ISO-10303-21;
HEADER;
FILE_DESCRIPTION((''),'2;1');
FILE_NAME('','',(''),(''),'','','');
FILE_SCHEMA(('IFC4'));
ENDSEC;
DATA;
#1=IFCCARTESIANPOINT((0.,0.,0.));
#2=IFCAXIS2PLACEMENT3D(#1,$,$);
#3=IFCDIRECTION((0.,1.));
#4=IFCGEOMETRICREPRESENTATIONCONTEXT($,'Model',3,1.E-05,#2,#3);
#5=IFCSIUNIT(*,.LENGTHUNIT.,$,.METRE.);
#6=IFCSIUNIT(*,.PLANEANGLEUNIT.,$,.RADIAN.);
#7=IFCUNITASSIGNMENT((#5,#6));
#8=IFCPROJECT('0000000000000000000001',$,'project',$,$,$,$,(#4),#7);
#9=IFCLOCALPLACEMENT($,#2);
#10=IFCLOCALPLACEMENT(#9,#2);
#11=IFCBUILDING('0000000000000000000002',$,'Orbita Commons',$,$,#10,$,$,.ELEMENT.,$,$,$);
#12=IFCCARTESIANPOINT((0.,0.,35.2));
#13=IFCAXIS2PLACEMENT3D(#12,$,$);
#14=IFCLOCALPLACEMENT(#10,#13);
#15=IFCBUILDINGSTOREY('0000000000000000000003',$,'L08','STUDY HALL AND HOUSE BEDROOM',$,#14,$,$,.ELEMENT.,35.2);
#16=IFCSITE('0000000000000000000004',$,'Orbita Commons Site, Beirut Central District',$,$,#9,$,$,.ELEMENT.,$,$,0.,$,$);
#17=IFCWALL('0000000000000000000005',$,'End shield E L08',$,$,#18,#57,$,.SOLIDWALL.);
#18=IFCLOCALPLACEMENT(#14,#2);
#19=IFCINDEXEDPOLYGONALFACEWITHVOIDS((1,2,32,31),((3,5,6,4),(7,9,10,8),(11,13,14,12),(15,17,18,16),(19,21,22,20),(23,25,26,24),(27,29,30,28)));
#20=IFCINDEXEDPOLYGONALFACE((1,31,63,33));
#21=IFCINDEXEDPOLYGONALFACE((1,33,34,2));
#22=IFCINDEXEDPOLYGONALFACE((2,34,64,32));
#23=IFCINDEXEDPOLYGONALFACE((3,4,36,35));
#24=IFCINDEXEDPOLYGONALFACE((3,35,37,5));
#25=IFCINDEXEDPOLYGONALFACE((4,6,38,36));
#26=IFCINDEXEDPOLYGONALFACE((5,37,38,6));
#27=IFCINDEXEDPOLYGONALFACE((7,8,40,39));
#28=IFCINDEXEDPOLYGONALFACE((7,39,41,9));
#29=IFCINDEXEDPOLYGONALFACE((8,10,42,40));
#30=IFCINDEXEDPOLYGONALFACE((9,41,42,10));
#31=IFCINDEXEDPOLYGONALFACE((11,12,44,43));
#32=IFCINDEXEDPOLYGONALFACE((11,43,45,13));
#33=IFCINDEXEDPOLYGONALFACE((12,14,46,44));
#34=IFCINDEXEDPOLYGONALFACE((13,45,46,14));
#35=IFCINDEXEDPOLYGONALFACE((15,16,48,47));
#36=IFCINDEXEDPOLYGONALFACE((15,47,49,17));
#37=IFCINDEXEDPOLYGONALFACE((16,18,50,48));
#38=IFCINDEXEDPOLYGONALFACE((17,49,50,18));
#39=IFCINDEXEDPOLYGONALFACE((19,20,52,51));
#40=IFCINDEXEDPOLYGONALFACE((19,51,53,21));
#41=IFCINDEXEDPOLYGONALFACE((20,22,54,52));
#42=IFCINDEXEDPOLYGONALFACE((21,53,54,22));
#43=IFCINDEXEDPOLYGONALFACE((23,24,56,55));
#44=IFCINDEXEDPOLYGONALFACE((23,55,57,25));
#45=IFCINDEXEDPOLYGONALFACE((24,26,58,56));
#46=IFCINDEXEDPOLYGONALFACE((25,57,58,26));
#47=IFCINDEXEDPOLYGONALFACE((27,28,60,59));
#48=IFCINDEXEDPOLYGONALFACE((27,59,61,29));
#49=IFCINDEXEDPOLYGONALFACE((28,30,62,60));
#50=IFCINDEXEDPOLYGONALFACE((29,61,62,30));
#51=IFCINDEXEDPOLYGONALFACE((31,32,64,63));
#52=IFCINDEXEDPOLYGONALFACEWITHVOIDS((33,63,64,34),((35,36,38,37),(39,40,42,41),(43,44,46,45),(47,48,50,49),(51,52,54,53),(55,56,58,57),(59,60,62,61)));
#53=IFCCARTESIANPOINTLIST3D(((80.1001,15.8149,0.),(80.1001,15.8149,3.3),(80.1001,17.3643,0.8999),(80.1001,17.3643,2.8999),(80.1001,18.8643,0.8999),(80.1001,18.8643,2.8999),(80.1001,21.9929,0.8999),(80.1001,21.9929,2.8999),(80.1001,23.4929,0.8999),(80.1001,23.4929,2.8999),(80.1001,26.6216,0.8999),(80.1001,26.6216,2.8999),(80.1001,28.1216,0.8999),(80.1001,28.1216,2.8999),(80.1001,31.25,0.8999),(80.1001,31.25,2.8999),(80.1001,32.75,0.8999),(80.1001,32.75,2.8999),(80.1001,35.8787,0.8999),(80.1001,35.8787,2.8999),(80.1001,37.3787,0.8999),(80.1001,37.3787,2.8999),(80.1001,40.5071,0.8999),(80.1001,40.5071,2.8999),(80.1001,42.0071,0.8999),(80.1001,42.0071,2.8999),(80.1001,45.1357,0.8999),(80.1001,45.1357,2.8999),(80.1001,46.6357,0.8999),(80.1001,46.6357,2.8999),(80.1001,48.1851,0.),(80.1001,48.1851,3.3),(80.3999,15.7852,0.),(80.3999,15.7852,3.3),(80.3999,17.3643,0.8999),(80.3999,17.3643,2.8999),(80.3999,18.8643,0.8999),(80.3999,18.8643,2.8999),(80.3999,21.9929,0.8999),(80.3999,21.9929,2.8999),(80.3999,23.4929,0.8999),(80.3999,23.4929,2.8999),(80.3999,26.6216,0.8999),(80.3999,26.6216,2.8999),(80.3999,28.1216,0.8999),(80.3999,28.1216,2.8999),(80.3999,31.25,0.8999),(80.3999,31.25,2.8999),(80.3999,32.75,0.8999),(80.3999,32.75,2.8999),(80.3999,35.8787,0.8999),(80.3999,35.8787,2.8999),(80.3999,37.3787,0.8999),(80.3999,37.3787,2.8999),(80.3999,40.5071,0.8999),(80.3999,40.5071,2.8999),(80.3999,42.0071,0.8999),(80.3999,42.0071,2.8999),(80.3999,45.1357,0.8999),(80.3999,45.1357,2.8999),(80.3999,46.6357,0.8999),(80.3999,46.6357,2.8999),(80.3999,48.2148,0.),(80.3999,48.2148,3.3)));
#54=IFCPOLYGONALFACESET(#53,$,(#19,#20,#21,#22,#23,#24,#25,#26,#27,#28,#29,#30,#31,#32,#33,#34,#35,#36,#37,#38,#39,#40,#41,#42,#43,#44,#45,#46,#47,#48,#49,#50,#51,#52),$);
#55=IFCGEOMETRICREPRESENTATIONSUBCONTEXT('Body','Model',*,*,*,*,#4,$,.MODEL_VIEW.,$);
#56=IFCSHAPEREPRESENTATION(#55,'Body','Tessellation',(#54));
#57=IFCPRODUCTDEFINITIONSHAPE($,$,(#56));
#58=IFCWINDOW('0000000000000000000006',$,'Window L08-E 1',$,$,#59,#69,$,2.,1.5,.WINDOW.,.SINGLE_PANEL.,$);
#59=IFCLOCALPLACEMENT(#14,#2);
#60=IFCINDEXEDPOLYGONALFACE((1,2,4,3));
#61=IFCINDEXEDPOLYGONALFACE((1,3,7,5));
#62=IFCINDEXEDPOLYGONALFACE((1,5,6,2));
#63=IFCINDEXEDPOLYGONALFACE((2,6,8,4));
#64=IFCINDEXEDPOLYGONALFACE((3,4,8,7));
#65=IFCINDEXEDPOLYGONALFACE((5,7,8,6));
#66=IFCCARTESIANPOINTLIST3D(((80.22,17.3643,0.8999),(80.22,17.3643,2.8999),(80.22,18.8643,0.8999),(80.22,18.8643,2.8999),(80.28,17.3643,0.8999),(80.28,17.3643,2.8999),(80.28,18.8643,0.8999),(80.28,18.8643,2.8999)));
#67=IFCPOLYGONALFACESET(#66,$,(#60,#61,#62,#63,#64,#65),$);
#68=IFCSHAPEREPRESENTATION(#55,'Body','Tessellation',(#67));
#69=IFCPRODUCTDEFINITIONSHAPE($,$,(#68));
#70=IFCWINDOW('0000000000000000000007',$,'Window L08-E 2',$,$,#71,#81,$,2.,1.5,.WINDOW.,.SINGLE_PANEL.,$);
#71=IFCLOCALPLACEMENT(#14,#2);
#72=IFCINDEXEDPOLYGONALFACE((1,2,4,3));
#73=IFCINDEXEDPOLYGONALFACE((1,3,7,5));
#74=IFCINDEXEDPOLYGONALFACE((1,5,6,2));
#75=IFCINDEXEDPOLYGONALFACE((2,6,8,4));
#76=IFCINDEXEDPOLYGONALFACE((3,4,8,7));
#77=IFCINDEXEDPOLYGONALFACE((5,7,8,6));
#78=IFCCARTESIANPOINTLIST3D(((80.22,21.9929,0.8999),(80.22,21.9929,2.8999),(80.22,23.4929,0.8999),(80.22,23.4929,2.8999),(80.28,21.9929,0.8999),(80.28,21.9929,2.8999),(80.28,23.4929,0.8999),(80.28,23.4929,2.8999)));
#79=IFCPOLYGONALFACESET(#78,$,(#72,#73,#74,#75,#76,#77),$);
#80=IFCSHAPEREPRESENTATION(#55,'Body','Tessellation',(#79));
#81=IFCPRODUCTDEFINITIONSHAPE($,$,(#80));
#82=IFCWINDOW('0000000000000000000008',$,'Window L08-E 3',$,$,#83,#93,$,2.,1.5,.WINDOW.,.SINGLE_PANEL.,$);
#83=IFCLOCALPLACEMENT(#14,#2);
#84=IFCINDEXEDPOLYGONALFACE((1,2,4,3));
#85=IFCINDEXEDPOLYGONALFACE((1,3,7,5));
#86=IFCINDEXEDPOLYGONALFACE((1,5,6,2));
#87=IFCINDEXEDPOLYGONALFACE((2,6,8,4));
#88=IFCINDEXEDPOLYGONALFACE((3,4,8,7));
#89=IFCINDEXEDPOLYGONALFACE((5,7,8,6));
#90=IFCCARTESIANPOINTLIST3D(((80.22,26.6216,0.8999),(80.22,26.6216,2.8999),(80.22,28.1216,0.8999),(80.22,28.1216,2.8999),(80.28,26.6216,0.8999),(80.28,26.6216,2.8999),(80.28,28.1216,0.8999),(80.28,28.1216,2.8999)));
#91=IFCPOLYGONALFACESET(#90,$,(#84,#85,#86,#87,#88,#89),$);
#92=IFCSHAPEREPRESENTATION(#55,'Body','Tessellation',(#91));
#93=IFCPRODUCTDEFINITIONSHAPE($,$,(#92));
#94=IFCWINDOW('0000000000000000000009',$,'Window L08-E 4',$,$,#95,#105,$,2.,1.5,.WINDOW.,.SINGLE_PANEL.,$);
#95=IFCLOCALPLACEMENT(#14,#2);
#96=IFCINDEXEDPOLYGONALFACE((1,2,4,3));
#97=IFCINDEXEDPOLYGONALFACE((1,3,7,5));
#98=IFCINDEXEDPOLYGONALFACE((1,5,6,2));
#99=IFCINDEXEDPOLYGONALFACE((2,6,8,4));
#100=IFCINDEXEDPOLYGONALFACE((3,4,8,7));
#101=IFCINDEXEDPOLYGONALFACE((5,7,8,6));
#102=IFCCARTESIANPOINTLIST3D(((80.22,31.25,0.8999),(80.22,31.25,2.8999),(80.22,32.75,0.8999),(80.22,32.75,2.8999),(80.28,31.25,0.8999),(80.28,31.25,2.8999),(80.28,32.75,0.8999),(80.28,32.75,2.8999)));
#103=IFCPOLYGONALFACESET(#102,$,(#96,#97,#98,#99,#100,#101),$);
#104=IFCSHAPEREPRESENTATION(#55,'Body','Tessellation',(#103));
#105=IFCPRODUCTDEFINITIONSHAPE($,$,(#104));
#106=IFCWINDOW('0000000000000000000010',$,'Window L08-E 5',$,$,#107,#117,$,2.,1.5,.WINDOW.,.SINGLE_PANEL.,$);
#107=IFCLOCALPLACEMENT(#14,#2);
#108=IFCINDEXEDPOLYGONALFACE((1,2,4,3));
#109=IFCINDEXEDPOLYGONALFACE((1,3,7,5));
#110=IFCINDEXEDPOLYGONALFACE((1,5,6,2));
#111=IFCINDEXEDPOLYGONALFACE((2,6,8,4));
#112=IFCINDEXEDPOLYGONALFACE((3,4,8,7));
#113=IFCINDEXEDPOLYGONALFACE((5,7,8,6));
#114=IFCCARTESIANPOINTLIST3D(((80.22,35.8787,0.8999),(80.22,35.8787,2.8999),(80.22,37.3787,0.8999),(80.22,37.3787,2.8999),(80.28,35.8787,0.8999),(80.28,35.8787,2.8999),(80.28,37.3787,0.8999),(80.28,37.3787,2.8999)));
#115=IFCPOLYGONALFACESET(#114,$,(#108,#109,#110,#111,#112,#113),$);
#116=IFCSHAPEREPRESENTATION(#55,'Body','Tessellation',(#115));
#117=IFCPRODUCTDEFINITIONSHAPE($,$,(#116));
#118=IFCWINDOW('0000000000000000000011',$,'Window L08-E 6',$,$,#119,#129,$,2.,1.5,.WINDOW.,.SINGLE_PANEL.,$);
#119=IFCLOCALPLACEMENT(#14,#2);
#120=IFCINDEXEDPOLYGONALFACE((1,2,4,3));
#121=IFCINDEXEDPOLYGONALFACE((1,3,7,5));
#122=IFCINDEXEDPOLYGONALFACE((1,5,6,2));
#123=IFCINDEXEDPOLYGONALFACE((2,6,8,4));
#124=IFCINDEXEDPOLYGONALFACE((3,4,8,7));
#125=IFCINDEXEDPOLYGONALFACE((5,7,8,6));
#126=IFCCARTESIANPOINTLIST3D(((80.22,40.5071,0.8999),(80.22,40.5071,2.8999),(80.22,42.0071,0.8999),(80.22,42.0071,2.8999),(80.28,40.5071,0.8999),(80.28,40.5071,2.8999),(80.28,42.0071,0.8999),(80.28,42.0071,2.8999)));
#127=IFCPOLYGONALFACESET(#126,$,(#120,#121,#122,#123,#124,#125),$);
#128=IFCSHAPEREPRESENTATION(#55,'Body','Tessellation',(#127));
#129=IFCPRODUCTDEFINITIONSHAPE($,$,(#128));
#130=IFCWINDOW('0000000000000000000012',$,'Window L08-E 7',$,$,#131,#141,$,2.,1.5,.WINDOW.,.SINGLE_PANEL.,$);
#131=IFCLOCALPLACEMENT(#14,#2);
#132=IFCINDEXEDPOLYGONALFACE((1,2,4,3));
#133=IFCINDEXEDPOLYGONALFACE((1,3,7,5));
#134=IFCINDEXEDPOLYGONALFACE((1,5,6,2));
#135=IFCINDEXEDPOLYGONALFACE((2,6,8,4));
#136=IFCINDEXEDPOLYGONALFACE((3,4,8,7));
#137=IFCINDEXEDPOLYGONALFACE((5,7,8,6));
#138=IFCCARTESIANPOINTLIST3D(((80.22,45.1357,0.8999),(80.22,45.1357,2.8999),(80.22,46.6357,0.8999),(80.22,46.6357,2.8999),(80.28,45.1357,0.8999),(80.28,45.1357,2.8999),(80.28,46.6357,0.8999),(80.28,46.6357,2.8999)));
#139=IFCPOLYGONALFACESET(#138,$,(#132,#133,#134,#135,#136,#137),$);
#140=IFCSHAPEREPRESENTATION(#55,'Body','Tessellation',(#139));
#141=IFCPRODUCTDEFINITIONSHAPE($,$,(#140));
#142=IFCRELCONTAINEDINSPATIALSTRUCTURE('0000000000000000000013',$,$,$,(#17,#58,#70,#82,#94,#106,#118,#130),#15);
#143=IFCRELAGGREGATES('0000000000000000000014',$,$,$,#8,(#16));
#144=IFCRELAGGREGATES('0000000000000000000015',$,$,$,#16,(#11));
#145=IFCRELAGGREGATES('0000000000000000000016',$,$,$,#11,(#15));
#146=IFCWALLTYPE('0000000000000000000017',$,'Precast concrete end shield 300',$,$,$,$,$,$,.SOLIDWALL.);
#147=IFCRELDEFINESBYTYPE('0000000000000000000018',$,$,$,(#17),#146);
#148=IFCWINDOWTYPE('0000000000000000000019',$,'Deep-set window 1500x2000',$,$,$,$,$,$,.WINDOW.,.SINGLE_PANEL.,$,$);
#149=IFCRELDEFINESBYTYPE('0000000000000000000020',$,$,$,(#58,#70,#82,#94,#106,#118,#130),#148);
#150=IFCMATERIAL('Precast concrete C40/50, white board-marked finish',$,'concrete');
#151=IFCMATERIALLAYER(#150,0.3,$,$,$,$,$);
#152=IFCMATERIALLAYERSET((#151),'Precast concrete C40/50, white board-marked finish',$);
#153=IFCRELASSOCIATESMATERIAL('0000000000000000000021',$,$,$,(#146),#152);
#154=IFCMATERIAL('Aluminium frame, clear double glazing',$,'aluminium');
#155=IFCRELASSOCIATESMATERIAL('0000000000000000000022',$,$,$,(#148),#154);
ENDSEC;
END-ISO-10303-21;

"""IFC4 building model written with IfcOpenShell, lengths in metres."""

from ifc_helpers import new_model, si_unit, direction, frame, frame_2d, origin, place, context, subcontext, project, spatial, polyline, rectangle, outline, extrude, material, layer, layer_set, type_object, element, fill, save


model = new_model("IFC4")

# Units and contexts
model_context = context("Model", 3, precision=1e-05, world=origin(), true_north=direction((0.0, 1.0)))
body_context = subcontext(model_context, "Body", "Model", "MODEL_VIEW")
ifc_project = project(units=[si_unit("LENGTHUNIT", "METRE"), si_unit("PLANEANGLEUNIT", "RADIAN")], contexts=[model_context])

# Site, building, storey
site_placement = place(None, origin())
site = spatial("IfcSite", under=ifc_project, at=site_placement, Name="Orbita Commons Site, Beirut Central District", CompositionType="ELEMENT", RefElevation=0.0)
building_placement = place(site_placement, origin())
building = spatial("IfcBuilding", under=site, at=building_placement, Name="Orbita Commons", CompositionType="ELEMENT")
storey_placement = place(building_placement, frame((0.0, 0.0, 35.2)))
storey = spatial("IfcBuildingStorey", under=building, at=storey_placement, Name="L08", Description="STUDY HALL AND HOUSE BEDROOM", CompositionType="ELEMENT", Elevation=35.2)

# Wall, openings, windows
ifc_material_1 = material(Name="Precast concrete C40/50, white board-marked finish", Category="concrete")
ifc_layer_1 = layer(ifc_material_1, 0.3)
ifc_layer_set_1 = layer_set([ifc_layer_1], Name="Precast concrete C40/50, white board-marked finish")
wall_type_1 = type_object("IfcWallType", Name="Precast concrete end shield 300", PredefinedType="SOLIDWALL", material=ifc_layer_set_1)
wall_1_placement = place(storey_placement, frame((80.25, 15.8, 0.0), z_axis=(0.0, 0.0, 1.0), x_axis=(0.0, 1.0, 0.0)))
wall_1 = element("IfcWall", 1, at=wall_1_placement, inside=storey, type_object=wall_type_1, Name="End shield E L08", PredefinedType="SOLIDWALL", context=body_context, shape_type="SweptSolid", body=[
    extrude(outline(polyline([(-0.0149, -0.1499), (32.4148, -0.1499), (32.385, 0.1499), (0.0149, 0.1499), (-0.0149, -0.1499)])), origin(), (0.0, 0.0, 1.0), 3.3),
])
opening_1_placement = place(wall_1_placement, frame((1.5642, 0.0, 0.8999)))
opening_1 = element("IfcOpeningElement", 2, at=opening_1_placement, cuts=wall_1, PredefinedType="OPENING", context=body_context, shape_type="SweptSolid", body=[
    extrude(rectangle(XDim=1.5, YDim=2.0, at=frame_2d((0.75, 1.0))), frame((0.0, 0.1599, 0.0), z_axis=(0.0, -1.0, 0.0), x_axis=(1.0, 0.0, 0.0)), (0.0, 0.0, 1.0), 0.3201),
])
opening_2_placement = place(wall_1_placement, frame((6.1929, 0.0, 0.8999)))
opening_2 = element("IfcOpeningElement", 3, at=opening_2_placement, cuts=wall_1, PredefinedType="OPENING", context=body_context, shape_type="SweptSolid", body=[
    extrude(rectangle(XDim=1.5, YDim=2.0, at=frame_2d((0.75, 1.0))), frame((0.0, 0.1599, 0.0), z_axis=(0.0, -1.0, 0.0), x_axis=(1.0, 0.0, 0.0)), (0.0, 0.0, 1.0), 0.3201),
])
opening_3_placement = place(wall_1_placement, frame((10.8215, 0.0, 0.8999)))
opening_3 = element("IfcOpeningElement", 4, at=opening_3_placement, cuts=wall_1, PredefinedType="OPENING", context=body_context, shape_type="SweptSolid", body=[
    extrude(rectangle(XDim=1.5, YDim=2.0, at=frame_2d((0.75, 1.0))), frame((0.0, 0.1599, 0.0), z_axis=(0.0, -1.0, 0.0), x_axis=(1.0, 0.0, 0.0)), (0.0, 0.0, 1.0), 0.3201),
])
opening_4_placement = place(wall_1_placement, frame((15.45, 0.0, 0.8999)))
opening_4 = element("IfcOpeningElement", 5, at=opening_4_placement, cuts=wall_1, PredefinedType="OPENING", context=body_context, shape_type="SweptSolid", body=[
    extrude(rectangle(XDim=1.5, YDim=2.0, at=frame_2d((0.75, 1.0))), frame((0.0, 0.1599, 0.0), z_axis=(0.0, -1.0, 0.0), x_axis=(1.0, 0.0, 0.0)), (0.0, 0.0, 1.0), 0.3201),
])
opening_5_placement = place(wall_1_placement, frame((20.0786, 0.0, 0.8999)))
opening_5 = element("IfcOpeningElement", 6, at=opening_5_placement, cuts=wall_1, PredefinedType="OPENING", context=body_context, shape_type="SweptSolid", body=[
    extrude(rectangle(XDim=1.5, YDim=2.0, at=frame_2d((0.75, 1.0))), frame((0.0, 0.1599, 0.0), z_axis=(0.0, -1.0, 0.0), x_axis=(1.0, 0.0, 0.0)), (0.0, 0.0, 1.0), 0.3201),
])
opening_6_placement = place(wall_1_placement, frame((24.707, 0.0, 0.8999)))
opening_6 = element("IfcOpeningElement", 7, at=opening_6_placement, cuts=wall_1, PredefinedType="OPENING", context=body_context, shape_type="SweptSolid", body=[
    extrude(rectangle(XDim=1.5, YDim=2.0, at=frame_2d((0.75, 1.0))), frame((0.0, 0.1599, 0.0), z_axis=(0.0, -1.0, 0.0), x_axis=(1.0, 0.0, 0.0)), (0.0, 0.0, 1.0), 0.3201),
])
opening_7_placement = place(wall_1_placement, frame((29.3357, 0.0, 0.8999)))
opening_7 = element("IfcOpeningElement", 8, at=opening_7_placement, cuts=wall_1, PredefinedType="OPENING", context=body_context, shape_type="SweptSolid", body=[
    extrude(rectangle(XDim=1.5, YDim=2.0, at=frame_2d((0.75, 1.0))), frame((0.0, 0.1599, 0.0), z_axis=(0.0, -1.0, 0.0), x_axis=(1.0, 0.0, 0.0)), (0.0, 0.0, 1.0), 0.3201),
])
ifc_material_2 = material(Name="Aluminium frame, clear double glazing", Category="aluminium")
window_type = type_object("IfcWindowType", Name="Deep-set window 1500x2000", PartitioningType="SINGLE_PANEL", PredefinedType="WINDOW", material=ifc_material_2)
window_1_placement = place(opening_1_placement, origin())
window_1 = element("IfcWindow", 9, at=window_1_placement, inside=storey, type_object=window_type, Name="Window L08-E 1", OverallHeight=2.0, OverallWidth=1.5, PartitioningType="SINGLE_PANEL", PredefinedType="WINDOW", context=body_context, shape_type="SweptSolid", body=[
    extrude(rectangle(XDim=1.5, YDim=2.0, at=frame_2d((0.75, 1.0))), frame((0.0, 0.03, 0.0), z_axis=(0.0, -1.0, 0.0), x_axis=(1.0, 0.0, 0.0)), (0.0, 0.0, 1.0), 0.0601),
])
fill(opening_1, window_1)
window_2_placement = place(opening_2_placement, origin())
window_2 = element("IfcWindow", 10, at=window_2_placement, inside=storey, type_object=window_type, Name="Window L08-E 2", OverallHeight=2.0, OverallWidth=1.5, PartitioningType="SINGLE_PANEL", PredefinedType="WINDOW", context=body_context, shape_type="SweptSolid", body=[
    extrude(rectangle(XDim=1.5, YDim=2.0, at=frame_2d((0.75, 1.0))), frame((0.0, 0.03, 0.0), z_axis=(0.0, -1.0, 0.0), x_axis=(1.0, 0.0, 0.0)), (0.0, 0.0, 1.0), 0.0601),
])
fill(opening_2, window_2)
window_3_placement = place(opening_3_placement, origin())
window_3 = element("IfcWindow", 11, at=window_3_placement, inside=storey, type_object=window_type, Name="Window L08-E 3", OverallHeight=2.0, OverallWidth=1.5, PartitioningType="SINGLE_PANEL", PredefinedType="WINDOW", context=body_context, shape_type="SweptSolid", body=[
    extrude(rectangle(XDim=1.5, YDim=2.0, at=frame_2d((0.75, 1.0))), frame((0.0, 0.03, 0.0), z_axis=(0.0, -1.0, 0.0), x_axis=(1.0, 0.0, 0.0)), (0.0, 0.0, 1.0), 0.0601),
])
fill(opening_3, window_3)
window_4_placement = place(opening_4_placement, origin())
window_4 = element("IfcWindow", 12, at=window_4_placement, inside=storey, type_object=window_type, Name="Window L08-E 4", OverallHeight=2.0, OverallWidth=1.5, PartitioningType="SINGLE_PANEL", PredefinedType="WINDOW", context=body_context, shape_type="SweptSolid", body=[
    extrude(rectangle(XDim=1.5, YDim=2.0, at=frame_2d((0.75, 1.0))), frame((0.0, 0.03, 0.0), z_axis=(0.0, -1.0, 0.0), x_axis=(1.0, 0.0, 0.0)), (0.0, 0.0, 1.0), 0.0601),
])
fill(opening_4, window_4)
window_5_placement = place(opening_5_placement, origin())
window_5 = element("IfcWindow", 13, at=window_5_placement, inside=storey, type_object=window_type, Name="Window L08-E 5", OverallHeight=2.0, OverallWidth=1.5, PartitioningType="SINGLE_PANEL", PredefinedType="WINDOW", context=body_context, shape_type="SweptSolid", body=[
    extrude(rectangle(XDim=1.5, YDim=2.0, at=frame_2d((0.75, 1.0))), frame((0.0, 0.03, 0.0), z_axis=(0.0, -1.0, 0.0), x_axis=(1.0, 0.0, 0.0)), (0.0, 0.0, 1.0), 0.0601),
])
fill(opening_5, window_5)
window_6_placement = place(opening_6_placement, origin())
window_6 = element("IfcWindow", 14, at=window_6_placement, inside=storey, type_object=window_type, Name="Window L08-E 6", OverallHeight=2.0, OverallWidth=1.5, PartitioningType="SINGLE_PANEL", PredefinedType="WINDOW", context=body_context, shape_type="SweptSolid", body=[
    extrude(rectangle(XDim=1.5, YDim=2.0, at=frame_2d((0.75, 1.0))), frame((0.0, 0.03, 0.0), z_axis=(0.0, -1.0, 0.0), x_axis=(1.0, 0.0, 0.0)), (0.0, 0.0, 1.0), 0.0601),
])
fill(opening_6, window_6)
window_7_placement = place(opening_7_placement, origin())
window_7 = element("IfcWindow", 15, at=window_7_placement, inside=storey, type_object=window_type, Name="Window L08-E 7", OverallHeight=2.0, OverallWidth=1.5, PartitioningType="SINGLE_PANEL", PredefinedType="WINDOW", context=body_context, shape_type="SweptSolid", body=[
    extrude(rectangle(XDim=1.5, YDim=2.0, at=frame_2d((0.75, 1.0))), frame((0.0, 0.03, 0.0), z_axis=(0.0, -1.0, 0.0), x_axis=(1.0, 0.0, 0.0)), (0.0, 0.0, 1.0), 0.0601),
])
fill(opening_7, window_7)

save(model, "model.ifc")
